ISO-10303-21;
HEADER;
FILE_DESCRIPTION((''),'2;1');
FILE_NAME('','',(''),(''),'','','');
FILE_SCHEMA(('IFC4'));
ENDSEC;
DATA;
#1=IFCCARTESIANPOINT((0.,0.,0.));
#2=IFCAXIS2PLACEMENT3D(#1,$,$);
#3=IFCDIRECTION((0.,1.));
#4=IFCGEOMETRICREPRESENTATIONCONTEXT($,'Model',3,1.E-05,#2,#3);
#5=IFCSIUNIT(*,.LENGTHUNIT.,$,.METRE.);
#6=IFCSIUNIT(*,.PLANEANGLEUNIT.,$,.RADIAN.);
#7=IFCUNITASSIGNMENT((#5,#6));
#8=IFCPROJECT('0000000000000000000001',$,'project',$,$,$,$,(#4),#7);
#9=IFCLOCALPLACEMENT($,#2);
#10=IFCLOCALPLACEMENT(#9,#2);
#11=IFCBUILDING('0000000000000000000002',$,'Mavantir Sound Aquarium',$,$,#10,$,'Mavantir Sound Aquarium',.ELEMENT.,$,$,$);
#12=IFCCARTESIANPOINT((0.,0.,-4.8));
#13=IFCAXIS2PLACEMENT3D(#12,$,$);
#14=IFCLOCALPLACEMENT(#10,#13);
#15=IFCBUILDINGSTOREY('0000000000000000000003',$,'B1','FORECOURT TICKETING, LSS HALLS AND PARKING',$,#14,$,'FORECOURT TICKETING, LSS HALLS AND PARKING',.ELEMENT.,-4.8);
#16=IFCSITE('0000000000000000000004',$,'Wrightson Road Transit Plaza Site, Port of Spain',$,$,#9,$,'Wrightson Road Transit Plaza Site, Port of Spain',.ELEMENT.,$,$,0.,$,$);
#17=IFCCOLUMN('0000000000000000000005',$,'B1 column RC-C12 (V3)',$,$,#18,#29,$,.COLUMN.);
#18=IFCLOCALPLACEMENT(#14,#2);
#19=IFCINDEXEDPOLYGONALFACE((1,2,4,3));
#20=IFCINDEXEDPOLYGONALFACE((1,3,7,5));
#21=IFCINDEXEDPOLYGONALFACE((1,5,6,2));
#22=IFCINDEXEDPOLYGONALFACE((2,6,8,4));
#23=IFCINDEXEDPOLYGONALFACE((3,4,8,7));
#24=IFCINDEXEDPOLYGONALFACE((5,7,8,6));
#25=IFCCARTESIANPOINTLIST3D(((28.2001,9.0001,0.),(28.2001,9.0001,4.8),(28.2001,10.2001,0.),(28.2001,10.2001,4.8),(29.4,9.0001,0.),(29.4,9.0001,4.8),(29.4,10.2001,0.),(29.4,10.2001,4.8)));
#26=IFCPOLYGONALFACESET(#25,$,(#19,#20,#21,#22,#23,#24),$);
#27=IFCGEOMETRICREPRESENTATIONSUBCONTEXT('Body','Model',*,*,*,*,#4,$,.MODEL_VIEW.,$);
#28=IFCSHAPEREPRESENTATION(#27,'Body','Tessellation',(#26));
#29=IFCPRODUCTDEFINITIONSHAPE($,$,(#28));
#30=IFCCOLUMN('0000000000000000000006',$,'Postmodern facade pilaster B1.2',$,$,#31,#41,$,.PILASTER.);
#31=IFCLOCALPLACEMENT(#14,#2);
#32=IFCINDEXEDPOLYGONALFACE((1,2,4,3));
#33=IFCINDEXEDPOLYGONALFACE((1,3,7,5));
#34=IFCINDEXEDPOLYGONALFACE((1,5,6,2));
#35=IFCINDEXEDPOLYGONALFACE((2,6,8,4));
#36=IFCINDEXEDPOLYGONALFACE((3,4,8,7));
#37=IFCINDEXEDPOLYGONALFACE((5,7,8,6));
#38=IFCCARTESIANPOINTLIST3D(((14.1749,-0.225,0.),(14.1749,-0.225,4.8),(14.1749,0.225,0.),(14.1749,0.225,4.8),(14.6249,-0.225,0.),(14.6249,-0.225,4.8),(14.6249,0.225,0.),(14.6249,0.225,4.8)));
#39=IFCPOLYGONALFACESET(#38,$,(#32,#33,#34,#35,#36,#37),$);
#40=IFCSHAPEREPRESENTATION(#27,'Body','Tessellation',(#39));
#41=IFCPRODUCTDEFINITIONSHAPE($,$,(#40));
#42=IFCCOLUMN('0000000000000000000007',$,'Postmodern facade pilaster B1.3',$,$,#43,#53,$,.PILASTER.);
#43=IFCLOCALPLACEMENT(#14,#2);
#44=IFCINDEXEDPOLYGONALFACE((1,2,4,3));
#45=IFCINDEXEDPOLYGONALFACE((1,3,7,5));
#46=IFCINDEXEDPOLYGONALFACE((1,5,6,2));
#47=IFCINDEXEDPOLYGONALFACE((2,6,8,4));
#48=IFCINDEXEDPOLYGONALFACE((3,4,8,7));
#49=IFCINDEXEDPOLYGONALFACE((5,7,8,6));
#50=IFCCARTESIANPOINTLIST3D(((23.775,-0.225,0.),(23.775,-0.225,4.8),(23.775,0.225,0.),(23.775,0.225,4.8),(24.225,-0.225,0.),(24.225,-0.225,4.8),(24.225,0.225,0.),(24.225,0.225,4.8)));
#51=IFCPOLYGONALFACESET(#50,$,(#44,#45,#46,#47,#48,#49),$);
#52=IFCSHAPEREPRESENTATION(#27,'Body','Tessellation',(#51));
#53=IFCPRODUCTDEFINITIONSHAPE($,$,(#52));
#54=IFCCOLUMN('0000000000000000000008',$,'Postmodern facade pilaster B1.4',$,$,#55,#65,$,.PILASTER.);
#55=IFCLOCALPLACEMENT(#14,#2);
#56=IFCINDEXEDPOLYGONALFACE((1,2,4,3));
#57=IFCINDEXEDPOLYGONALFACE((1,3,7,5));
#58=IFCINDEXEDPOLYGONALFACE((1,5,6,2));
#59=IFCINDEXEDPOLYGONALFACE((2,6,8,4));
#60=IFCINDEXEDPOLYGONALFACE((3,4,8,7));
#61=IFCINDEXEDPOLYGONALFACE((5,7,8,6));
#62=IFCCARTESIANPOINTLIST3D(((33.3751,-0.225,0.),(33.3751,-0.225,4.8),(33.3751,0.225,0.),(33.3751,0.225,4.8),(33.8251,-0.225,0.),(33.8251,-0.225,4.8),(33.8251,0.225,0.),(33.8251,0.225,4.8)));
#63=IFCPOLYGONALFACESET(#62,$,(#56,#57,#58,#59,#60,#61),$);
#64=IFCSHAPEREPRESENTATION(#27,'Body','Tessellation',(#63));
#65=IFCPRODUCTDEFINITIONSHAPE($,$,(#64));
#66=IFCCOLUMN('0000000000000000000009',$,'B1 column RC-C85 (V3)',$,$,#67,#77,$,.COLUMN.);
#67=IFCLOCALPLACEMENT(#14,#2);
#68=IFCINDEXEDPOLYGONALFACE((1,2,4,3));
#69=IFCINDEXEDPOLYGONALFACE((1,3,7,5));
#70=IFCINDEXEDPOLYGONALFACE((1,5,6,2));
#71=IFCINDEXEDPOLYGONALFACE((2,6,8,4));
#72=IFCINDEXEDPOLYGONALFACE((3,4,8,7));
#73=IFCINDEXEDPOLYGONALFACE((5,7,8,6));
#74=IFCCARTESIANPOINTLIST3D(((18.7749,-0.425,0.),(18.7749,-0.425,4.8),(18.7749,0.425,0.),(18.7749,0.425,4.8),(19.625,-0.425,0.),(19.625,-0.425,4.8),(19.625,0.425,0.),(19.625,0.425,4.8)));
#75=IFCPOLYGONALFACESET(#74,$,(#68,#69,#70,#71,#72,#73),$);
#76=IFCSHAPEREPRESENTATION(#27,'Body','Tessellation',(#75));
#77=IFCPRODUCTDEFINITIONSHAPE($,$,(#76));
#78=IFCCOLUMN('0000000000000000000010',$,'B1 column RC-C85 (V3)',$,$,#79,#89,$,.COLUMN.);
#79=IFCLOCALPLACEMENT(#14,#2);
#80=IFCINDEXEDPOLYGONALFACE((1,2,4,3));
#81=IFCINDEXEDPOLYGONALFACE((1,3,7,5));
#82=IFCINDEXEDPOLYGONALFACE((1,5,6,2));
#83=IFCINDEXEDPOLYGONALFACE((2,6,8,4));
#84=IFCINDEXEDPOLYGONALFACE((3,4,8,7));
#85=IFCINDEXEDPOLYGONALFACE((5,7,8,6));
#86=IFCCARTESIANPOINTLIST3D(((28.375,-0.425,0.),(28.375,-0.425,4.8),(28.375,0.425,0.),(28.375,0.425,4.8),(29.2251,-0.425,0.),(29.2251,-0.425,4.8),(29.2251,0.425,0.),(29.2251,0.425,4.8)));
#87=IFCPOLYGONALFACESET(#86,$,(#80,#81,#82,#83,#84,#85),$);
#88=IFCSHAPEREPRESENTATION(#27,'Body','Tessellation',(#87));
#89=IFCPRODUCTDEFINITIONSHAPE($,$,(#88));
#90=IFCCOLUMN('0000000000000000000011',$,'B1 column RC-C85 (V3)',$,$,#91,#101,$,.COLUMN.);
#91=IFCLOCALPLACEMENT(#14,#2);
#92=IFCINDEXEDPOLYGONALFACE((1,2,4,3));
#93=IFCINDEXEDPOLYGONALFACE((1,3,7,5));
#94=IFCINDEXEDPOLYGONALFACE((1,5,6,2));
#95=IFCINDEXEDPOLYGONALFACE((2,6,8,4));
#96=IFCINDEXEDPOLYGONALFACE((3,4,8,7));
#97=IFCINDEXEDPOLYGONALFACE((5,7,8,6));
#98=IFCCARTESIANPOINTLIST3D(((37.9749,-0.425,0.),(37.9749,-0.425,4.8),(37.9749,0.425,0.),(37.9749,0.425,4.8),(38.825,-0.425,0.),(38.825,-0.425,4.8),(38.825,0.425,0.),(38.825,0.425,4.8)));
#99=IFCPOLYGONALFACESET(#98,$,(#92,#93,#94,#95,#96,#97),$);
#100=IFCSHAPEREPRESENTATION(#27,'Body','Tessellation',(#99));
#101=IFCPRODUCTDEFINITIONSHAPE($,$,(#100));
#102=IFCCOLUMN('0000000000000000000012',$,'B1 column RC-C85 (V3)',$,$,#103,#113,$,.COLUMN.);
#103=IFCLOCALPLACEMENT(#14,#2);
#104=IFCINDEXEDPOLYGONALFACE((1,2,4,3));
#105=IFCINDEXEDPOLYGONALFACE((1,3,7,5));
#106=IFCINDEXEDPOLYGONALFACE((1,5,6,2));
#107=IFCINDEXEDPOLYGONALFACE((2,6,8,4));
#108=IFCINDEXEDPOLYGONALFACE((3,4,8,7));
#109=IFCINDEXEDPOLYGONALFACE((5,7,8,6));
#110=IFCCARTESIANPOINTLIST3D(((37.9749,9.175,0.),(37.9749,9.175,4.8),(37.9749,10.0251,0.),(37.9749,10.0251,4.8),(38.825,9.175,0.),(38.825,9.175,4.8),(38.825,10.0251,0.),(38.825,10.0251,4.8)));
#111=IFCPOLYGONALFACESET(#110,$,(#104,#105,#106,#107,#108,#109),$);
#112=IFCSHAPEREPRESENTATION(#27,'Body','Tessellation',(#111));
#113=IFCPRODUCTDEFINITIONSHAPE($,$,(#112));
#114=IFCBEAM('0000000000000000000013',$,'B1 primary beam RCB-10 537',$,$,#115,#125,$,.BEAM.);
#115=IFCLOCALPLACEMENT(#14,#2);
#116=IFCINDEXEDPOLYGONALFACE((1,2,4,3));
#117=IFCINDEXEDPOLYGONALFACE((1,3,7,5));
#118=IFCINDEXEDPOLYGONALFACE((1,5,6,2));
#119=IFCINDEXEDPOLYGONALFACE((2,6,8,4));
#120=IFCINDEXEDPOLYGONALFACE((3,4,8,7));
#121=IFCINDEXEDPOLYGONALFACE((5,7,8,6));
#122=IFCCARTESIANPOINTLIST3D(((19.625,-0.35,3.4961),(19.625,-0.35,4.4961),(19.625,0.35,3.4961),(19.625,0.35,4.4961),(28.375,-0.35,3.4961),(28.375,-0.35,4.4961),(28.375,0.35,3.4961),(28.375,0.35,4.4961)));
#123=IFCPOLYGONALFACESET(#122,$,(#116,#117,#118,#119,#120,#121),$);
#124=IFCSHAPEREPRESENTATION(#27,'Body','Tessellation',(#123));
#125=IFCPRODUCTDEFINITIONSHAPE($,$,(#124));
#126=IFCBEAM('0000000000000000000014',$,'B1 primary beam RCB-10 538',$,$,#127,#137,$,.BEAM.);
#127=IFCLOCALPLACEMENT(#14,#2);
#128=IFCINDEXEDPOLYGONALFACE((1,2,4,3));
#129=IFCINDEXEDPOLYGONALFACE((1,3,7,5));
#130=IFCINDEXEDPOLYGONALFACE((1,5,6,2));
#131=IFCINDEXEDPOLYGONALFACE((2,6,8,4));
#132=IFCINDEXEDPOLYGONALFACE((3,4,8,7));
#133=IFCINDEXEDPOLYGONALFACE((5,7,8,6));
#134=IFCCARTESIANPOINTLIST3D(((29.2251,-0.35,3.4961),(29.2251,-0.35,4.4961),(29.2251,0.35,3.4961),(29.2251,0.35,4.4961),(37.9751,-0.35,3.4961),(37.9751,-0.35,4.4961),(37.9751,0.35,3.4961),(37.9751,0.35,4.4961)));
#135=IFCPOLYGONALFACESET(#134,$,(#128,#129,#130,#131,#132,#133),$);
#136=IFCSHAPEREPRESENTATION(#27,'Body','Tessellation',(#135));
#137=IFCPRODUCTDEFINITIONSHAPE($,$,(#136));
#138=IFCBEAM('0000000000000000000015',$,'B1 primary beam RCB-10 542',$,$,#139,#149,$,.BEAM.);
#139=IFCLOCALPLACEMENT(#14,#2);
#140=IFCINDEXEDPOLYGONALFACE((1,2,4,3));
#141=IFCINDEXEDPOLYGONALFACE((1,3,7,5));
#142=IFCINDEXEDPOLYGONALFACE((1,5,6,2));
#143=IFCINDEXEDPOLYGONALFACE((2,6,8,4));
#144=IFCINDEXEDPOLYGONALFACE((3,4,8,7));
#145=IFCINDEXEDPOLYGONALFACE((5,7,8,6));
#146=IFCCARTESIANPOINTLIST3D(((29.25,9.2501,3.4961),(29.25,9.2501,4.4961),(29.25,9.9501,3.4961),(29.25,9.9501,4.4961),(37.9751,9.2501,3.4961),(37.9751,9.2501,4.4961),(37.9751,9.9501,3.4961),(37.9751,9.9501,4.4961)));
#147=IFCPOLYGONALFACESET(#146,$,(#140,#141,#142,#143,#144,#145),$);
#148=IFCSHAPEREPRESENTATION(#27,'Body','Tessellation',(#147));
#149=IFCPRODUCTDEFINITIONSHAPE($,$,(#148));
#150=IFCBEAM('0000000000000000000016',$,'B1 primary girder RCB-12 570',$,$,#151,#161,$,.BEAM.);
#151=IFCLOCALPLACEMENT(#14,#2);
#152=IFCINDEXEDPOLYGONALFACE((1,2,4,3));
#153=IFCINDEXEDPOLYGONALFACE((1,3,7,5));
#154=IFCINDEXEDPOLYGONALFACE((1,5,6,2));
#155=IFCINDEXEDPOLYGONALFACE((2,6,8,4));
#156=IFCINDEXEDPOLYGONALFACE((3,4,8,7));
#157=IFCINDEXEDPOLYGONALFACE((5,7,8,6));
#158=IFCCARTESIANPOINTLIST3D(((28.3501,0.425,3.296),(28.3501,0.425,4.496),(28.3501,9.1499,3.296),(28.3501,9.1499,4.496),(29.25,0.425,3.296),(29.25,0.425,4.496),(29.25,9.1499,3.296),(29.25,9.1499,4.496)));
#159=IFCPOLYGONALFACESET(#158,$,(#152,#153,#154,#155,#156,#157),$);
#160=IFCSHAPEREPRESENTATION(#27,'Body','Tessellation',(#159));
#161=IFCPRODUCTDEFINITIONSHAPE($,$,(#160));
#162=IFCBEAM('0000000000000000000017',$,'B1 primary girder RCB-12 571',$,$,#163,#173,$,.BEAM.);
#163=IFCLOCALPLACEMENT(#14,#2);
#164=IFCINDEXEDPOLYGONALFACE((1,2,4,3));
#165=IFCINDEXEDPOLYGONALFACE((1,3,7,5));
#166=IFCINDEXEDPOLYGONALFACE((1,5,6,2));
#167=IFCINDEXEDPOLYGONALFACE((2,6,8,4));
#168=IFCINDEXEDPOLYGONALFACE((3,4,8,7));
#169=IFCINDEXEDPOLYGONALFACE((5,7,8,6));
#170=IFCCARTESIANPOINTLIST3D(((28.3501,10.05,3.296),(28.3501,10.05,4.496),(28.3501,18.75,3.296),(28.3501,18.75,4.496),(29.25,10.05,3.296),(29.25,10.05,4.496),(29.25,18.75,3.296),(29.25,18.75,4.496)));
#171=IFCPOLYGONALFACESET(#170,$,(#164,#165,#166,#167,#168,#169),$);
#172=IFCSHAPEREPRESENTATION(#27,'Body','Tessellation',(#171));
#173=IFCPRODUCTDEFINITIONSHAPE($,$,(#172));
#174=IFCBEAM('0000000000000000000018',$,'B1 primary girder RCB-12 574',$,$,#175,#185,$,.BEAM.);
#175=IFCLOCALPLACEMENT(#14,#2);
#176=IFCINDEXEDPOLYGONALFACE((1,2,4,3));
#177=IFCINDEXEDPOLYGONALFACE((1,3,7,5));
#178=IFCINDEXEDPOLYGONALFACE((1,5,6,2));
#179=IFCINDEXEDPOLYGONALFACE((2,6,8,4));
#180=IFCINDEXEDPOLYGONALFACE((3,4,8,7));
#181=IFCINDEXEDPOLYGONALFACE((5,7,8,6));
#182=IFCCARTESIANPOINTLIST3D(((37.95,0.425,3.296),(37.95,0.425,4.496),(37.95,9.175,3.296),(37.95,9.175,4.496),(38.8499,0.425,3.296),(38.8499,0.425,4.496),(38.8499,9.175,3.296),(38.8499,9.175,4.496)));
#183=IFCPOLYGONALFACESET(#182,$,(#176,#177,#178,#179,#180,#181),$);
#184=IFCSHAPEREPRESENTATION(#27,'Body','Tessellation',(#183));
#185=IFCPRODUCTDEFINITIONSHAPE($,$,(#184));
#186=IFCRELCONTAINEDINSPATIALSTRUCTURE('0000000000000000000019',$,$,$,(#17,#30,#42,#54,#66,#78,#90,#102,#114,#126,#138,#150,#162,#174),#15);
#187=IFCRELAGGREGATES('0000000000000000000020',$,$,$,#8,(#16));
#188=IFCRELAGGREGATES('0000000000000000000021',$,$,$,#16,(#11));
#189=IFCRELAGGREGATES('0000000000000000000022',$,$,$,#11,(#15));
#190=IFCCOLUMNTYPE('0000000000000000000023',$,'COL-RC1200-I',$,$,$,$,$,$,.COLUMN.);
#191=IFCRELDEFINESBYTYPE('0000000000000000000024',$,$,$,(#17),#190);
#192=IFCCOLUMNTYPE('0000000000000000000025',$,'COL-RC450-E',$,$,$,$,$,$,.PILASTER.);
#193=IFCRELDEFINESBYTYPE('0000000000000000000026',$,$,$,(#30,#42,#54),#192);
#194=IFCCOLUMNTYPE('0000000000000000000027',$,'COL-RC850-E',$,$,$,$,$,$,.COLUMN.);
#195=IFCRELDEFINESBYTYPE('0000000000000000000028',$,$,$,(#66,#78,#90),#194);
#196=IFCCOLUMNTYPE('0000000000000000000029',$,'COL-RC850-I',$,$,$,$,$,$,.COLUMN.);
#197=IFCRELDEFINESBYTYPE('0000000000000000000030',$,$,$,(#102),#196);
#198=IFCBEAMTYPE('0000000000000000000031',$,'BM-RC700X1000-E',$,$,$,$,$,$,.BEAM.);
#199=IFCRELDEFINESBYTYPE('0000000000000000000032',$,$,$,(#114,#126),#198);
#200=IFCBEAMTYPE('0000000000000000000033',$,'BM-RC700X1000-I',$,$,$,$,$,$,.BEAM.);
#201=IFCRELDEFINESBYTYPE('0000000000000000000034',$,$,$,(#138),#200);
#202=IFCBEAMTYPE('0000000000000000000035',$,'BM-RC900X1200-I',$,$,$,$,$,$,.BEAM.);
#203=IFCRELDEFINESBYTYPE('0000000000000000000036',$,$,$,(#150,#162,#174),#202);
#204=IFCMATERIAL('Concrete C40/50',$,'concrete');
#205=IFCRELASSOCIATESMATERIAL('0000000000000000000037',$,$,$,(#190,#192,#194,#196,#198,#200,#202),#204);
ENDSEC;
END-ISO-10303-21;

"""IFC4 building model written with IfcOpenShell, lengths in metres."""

from ifc_helpers import new_model, si_unit, direction, frame, origin, origin_2d, place, context, subcontext, project, spatial, rectangle, extrude, material, material_profile, profile_set, type_object, element, save


model = new_model("IFC4")

# Units and contexts
model_context = context("Model", 3, precision=1e-05, world=origin(), true_north=direction((0.0, 1.0)))
body_context = subcontext(model_context, "Body", "Model", "MODEL_VIEW")
ifc_project = project(units=[si_unit("LENGTHUNIT", "METRE"), si_unit("PLANEANGLEUNIT", "RADIAN")], contexts=[model_context])

# Site, building, storey
site_placement = place(None, origin())
site = spatial("IfcSite", under=ifc_project, at=site_placement, Name="Wrightson Road Transit Plaza Site, Port of Spain", LongName="Wrightson Road Transit Plaza Site, Port of Spain", CompositionType="ELEMENT", RefElevation=0.0)
building_placement = place(site_placement, origin())
building = spatial("IfcBuilding", under=site, at=building_placement, Name="Mavantir Sound Aquarium", LongName="Mavantir Sound Aquarium", CompositionType="ELEMENT")
storey_placement = place(building_placement, frame((0.0, 0.0, -4.8)))
storey = spatial("IfcBuildingStorey", under=building, at=storey_placement, Name="B1", Description="FORECOURT TICKETING, LSS HALLS AND PARKING", LongName="FORECOURT TICKETING, LSS HALLS AND PARKING", CompositionType="ELEMENT", Elevation=-4.8)

# Columns
ifc_material_1 = material(Name="Concrete C40/50", Category="concrete")
ifc_material_profile_1 = material_profile(ifc_material_1, rectangle(XDim=1.2, YDim=1.2, at=origin_2d()), Name="RC 1200X1200")
ifc_profile_set_1 = profile_set([ifc_material_profile_1], Name="Concrete C40/50")
column_type_1 = type_object("IfcColumnType", Name="COL-RC1200-I", PredefinedType="COLUMN", material=ifc_profile_set_1)
column_1_placement = place(storey_placement, frame((28.8, 9.6001, 0.0), z_axis=(0.0, 0.0, 1.0), x_axis=(1.0, 0.0, 0.0)))
element("IfcColumn", 1, at=column_1_placement, inside=storey, type_object=column_type_1, Name="B1 column RC-C12 (V3)", PredefinedType="COLUMN", context=body_context, shape_type="SweptSolid", body=[
    extrude(rectangle(XDim=1.2, YDim=1.2, at=origin_2d()), origin(), (0.0, 0.0, 1.0), 4.8),
])
ifc_material_profile_2 = material_profile(ifc_material_1, rectangle(XDim=0.45, YDim=0.45, at=origin_2d()), Name="RC 450X450")
ifc_profile_set_2 = profile_set([ifc_material_profile_2], Name="Concrete C40/50")
column_type_2 = type_object("IfcColumnType", Name="COL-RC450-E", PredefinedType="PILASTER", material=ifc_profile_set_2)
for number, where, z_axis, x_axis, name in (
    (2, (14.3999, 0.0, 0.0), (0.0, 0.0, 1.0), (1.0, 0.0, 0.0), "Postmodern facade pilaster B1.2"),
    (3, (24.0, 0.0, 0.0), (0.0, 0.0, 1.0), (1.0, 0.0, 0.0), "Postmodern facade pilaster B1.3"),
    (4, (33.6001, 0.0, 0.0), (0.0, 0.0, 1.0), (1.0, 0.0, 0.0), "Postmodern facade pilaster B1.4"),
):
    element("IfcColumn", number, at=place(storey_placement, frame(where, z_axis=z_axis, x_axis=x_axis)), inside=storey, type_object=column_type_2, Name=name, PredefinedType="PILASTER", context=body_context, shape_type="SweptSolid", body=[
        extrude(rectangle(XDim=0.45, YDim=0.45, at=origin_2d()), origin(), (0.0, 0.0, 1.0), 4.8),
    ])
ifc_material_profile_3 = material_profile(ifc_material_1, rectangle(XDim=0.8501, YDim=0.8501, at=origin_2d()), Name="RC 850X850")
ifc_profile_set_3 = profile_set([ifc_material_profile_3], Name="Concrete C40/50")
column_type_3 = type_object("IfcColumnType", Name="COL-RC850-E", PredefinedType="COLUMN", material=ifc_profile_set_3)
for number, where, z_axis, x_axis, name in (
    (5, (19.2, 0.0, 0.0), (0.0, 0.0, 1.0), (1.0, 0.0, 0.0), "B1 column RC-C85 (V3)"),
    (6, (28.8, 0.0, 0.0), (0.0, 0.0, 1.0), (1.0, 0.0, 0.0), "B1 column RC-C85 (V3)"),
    (7, (38.3999, 0.0, 0.0), (0.0, 0.0, 1.0), (1.0, 0.0, 0.0), "B1 column RC-C85 (V3)"),
):
    element("IfcColumn", number, at=place(storey_placement, frame(where, z_axis=z_axis, x_axis=x_axis)), inside=storey, type_object=column_type_3, Name=name, PredefinedType="COLUMN", context=body_context, shape_type="SweptSolid", body=[
        extrude(rectangle(XDim=0.8501, YDim=0.8501, at=origin_2d()), origin(), (0.0, 0.0, 1.0), 4.8),
    ])
ifc_material_profile_4 = material_profile(ifc_material_1, rectangle(XDim=0.8501, YDim=0.8501, at=origin_2d()), Name="RC 850X850")
ifc_profile_set_4 = profile_set([ifc_material_profile_4], Name="Concrete C40/50")
column_type_4 = type_object("IfcColumnType", Name="COL-RC850-I", PredefinedType="COLUMN", material=ifc_profile_set_4)
column_2_placement = place(storey_placement, frame((38.3999, 9.6001, 0.0), z_axis=(0.0, 0.0, 1.0), x_axis=(1.0, 0.0, 0.0)))
element("IfcColumn", 8, at=column_2_placement, inside=storey, type_object=column_type_4, Name="B1 column RC-C85 (V3)", PredefinedType="COLUMN", context=body_context, shape_type="SweptSolid", body=[
    extrude(rectangle(XDim=0.8501, YDim=0.8501, at=origin_2d()), origin(), (0.0, 0.0, 1.0), 4.8),
])

# Beams
ifc_material_profile_5 = material_profile(ifc_material_1, rectangle(XDim=0.7, YDim=1.0, at=origin_2d()), Name="RC 700X1000")
ifc_profile_set_5 = profile_set([ifc_material_profile_5], Name="Concrete C40/50")
beam_type_1 = type_object("IfcBeamType", Name="BM-RC700X1000-E", PredefinedType="BEAM", material=ifc_profile_set_5)
for number, where, z_axis, x_axis, name in (
    (9, (19.625, 0.0, 3.9961), (1.0, 0.0, 0.0), (0.0, 1.0, 0.0), "B1 primary beam RCB-10 537"),
    (10, (29.2251, 0.0, 3.9961), (1.0, 0.0, 0.0), (0.0, 1.0, 0.0), "B1 primary beam RCB-10 538"),
):
    element("IfcBeam", number, at=place(storey_placement, frame(where, z_axis=z_axis, x_axis=x_axis)), inside=storey, type_object=beam_type_1, Name=name, PredefinedType="BEAM", context=body_context, shape_type="SweptSolid", body=[
        extrude(rectangle(XDim=0.7, YDim=1.0, at=origin_2d()), origin(), (0.0, 0.0, 1.0), 8.75),
    ])
ifc_material_profile_6 = material_profile(ifc_material_1, rectangle(XDim=0.7, YDim=1.0, at=origin_2d()), Name="RC 700X1000")
ifc_profile_set_6 = profile_set([ifc_material_profile_6], Name="Concrete C40/50")
beam_type_2 = type_object("IfcBeamType", Name="BM-RC700X1000-I", PredefinedType="BEAM", material=ifc_profile_set_6)
beam_1_placement = place(storey_placement, frame((29.25, 9.6001, 3.9961), z_axis=(1.0, 0.0, 0.0), x_axis=(0.0, 1.0, 0.0)))
element("IfcBeam", 11, at=beam_1_placement, inside=storey, type_object=beam_type_2, Name="B1 primary beam RCB-10 542", PredefinedType="BEAM", context=body_context, shape_type="SweptSolid", body=[
    extrude(rectangle(XDim=0.7, YDim=1.0, at=origin_2d()), origin(), (0.0, 0.0, 1.0), 8.7251),
])
ifc_material_profile_7 = material_profile(ifc_material_1, rectangle(XDim=0.8999, YDim=1.2, at=origin_2d()), Name="RC 900X1200")
ifc_profile_set_7 = profile_set([ifc_material_profile_7], Name="Concrete C40/50")
beam_type_3 = type_object("IfcBeamType", Name="BM-RC900X1200-I", PredefinedType="BEAM", material=ifc_profile_set_7)
beam_2_placement = place(storey_placement, frame((28.8, 0.425, 3.896), z_axis=(0.0, 1.0, 0.0), x_axis=(-1.0, 0.0, 0.0)))
element("IfcBeam", 12, at=beam_2_placement, inside=storey, type_object=beam_type_3, Name="B1 primary girder RCB-12 570", PredefinedType="BEAM", context=body_context, shape_type="SweptSolid", body=[
    extrude(rectangle(XDim=0.8999, YDim=1.2, at=origin_2d()), origin(), (0.0, 0.0, 1.0), 8.7249),
])
beam_3_placement = place(storey_placement, frame((28.8, 10.05, 3.896), z_axis=(0.0, 1.0, 0.0), x_axis=(-1.0, 0.0, 0.0)))
element("IfcBeam", 13, at=beam_3_placement, inside=storey, type_object=beam_type_3, Name="B1 primary girder RCB-12 571", PredefinedType="BEAM", context=body_context, shape_type="SweptSolid", body=[
    extrude(rectangle(XDim=0.8999, YDim=1.2, at=origin_2d()), origin(), (0.0, 0.0, 1.0), 8.7),
])
beam_4_placement = place(storey_placement, frame((38.3999, 0.425, 3.896), z_axis=(0.0, 1.0, 0.0), x_axis=(-1.0, 0.0, 0.0)))
element("IfcBeam", 14, at=beam_4_placement, inside=storey, type_object=beam_type_3, Name="B1 primary girder RCB-12 574", PredefinedType="BEAM", context=body_context, shape_type="SweptSolid", body=[
    extrude(rectangle(XDim=0.8999, YDim=1.2, at=origin_2d()), origin(), (0.0, 0.0, 1.0), 8.75),
])

save(model, "model.ifc")
